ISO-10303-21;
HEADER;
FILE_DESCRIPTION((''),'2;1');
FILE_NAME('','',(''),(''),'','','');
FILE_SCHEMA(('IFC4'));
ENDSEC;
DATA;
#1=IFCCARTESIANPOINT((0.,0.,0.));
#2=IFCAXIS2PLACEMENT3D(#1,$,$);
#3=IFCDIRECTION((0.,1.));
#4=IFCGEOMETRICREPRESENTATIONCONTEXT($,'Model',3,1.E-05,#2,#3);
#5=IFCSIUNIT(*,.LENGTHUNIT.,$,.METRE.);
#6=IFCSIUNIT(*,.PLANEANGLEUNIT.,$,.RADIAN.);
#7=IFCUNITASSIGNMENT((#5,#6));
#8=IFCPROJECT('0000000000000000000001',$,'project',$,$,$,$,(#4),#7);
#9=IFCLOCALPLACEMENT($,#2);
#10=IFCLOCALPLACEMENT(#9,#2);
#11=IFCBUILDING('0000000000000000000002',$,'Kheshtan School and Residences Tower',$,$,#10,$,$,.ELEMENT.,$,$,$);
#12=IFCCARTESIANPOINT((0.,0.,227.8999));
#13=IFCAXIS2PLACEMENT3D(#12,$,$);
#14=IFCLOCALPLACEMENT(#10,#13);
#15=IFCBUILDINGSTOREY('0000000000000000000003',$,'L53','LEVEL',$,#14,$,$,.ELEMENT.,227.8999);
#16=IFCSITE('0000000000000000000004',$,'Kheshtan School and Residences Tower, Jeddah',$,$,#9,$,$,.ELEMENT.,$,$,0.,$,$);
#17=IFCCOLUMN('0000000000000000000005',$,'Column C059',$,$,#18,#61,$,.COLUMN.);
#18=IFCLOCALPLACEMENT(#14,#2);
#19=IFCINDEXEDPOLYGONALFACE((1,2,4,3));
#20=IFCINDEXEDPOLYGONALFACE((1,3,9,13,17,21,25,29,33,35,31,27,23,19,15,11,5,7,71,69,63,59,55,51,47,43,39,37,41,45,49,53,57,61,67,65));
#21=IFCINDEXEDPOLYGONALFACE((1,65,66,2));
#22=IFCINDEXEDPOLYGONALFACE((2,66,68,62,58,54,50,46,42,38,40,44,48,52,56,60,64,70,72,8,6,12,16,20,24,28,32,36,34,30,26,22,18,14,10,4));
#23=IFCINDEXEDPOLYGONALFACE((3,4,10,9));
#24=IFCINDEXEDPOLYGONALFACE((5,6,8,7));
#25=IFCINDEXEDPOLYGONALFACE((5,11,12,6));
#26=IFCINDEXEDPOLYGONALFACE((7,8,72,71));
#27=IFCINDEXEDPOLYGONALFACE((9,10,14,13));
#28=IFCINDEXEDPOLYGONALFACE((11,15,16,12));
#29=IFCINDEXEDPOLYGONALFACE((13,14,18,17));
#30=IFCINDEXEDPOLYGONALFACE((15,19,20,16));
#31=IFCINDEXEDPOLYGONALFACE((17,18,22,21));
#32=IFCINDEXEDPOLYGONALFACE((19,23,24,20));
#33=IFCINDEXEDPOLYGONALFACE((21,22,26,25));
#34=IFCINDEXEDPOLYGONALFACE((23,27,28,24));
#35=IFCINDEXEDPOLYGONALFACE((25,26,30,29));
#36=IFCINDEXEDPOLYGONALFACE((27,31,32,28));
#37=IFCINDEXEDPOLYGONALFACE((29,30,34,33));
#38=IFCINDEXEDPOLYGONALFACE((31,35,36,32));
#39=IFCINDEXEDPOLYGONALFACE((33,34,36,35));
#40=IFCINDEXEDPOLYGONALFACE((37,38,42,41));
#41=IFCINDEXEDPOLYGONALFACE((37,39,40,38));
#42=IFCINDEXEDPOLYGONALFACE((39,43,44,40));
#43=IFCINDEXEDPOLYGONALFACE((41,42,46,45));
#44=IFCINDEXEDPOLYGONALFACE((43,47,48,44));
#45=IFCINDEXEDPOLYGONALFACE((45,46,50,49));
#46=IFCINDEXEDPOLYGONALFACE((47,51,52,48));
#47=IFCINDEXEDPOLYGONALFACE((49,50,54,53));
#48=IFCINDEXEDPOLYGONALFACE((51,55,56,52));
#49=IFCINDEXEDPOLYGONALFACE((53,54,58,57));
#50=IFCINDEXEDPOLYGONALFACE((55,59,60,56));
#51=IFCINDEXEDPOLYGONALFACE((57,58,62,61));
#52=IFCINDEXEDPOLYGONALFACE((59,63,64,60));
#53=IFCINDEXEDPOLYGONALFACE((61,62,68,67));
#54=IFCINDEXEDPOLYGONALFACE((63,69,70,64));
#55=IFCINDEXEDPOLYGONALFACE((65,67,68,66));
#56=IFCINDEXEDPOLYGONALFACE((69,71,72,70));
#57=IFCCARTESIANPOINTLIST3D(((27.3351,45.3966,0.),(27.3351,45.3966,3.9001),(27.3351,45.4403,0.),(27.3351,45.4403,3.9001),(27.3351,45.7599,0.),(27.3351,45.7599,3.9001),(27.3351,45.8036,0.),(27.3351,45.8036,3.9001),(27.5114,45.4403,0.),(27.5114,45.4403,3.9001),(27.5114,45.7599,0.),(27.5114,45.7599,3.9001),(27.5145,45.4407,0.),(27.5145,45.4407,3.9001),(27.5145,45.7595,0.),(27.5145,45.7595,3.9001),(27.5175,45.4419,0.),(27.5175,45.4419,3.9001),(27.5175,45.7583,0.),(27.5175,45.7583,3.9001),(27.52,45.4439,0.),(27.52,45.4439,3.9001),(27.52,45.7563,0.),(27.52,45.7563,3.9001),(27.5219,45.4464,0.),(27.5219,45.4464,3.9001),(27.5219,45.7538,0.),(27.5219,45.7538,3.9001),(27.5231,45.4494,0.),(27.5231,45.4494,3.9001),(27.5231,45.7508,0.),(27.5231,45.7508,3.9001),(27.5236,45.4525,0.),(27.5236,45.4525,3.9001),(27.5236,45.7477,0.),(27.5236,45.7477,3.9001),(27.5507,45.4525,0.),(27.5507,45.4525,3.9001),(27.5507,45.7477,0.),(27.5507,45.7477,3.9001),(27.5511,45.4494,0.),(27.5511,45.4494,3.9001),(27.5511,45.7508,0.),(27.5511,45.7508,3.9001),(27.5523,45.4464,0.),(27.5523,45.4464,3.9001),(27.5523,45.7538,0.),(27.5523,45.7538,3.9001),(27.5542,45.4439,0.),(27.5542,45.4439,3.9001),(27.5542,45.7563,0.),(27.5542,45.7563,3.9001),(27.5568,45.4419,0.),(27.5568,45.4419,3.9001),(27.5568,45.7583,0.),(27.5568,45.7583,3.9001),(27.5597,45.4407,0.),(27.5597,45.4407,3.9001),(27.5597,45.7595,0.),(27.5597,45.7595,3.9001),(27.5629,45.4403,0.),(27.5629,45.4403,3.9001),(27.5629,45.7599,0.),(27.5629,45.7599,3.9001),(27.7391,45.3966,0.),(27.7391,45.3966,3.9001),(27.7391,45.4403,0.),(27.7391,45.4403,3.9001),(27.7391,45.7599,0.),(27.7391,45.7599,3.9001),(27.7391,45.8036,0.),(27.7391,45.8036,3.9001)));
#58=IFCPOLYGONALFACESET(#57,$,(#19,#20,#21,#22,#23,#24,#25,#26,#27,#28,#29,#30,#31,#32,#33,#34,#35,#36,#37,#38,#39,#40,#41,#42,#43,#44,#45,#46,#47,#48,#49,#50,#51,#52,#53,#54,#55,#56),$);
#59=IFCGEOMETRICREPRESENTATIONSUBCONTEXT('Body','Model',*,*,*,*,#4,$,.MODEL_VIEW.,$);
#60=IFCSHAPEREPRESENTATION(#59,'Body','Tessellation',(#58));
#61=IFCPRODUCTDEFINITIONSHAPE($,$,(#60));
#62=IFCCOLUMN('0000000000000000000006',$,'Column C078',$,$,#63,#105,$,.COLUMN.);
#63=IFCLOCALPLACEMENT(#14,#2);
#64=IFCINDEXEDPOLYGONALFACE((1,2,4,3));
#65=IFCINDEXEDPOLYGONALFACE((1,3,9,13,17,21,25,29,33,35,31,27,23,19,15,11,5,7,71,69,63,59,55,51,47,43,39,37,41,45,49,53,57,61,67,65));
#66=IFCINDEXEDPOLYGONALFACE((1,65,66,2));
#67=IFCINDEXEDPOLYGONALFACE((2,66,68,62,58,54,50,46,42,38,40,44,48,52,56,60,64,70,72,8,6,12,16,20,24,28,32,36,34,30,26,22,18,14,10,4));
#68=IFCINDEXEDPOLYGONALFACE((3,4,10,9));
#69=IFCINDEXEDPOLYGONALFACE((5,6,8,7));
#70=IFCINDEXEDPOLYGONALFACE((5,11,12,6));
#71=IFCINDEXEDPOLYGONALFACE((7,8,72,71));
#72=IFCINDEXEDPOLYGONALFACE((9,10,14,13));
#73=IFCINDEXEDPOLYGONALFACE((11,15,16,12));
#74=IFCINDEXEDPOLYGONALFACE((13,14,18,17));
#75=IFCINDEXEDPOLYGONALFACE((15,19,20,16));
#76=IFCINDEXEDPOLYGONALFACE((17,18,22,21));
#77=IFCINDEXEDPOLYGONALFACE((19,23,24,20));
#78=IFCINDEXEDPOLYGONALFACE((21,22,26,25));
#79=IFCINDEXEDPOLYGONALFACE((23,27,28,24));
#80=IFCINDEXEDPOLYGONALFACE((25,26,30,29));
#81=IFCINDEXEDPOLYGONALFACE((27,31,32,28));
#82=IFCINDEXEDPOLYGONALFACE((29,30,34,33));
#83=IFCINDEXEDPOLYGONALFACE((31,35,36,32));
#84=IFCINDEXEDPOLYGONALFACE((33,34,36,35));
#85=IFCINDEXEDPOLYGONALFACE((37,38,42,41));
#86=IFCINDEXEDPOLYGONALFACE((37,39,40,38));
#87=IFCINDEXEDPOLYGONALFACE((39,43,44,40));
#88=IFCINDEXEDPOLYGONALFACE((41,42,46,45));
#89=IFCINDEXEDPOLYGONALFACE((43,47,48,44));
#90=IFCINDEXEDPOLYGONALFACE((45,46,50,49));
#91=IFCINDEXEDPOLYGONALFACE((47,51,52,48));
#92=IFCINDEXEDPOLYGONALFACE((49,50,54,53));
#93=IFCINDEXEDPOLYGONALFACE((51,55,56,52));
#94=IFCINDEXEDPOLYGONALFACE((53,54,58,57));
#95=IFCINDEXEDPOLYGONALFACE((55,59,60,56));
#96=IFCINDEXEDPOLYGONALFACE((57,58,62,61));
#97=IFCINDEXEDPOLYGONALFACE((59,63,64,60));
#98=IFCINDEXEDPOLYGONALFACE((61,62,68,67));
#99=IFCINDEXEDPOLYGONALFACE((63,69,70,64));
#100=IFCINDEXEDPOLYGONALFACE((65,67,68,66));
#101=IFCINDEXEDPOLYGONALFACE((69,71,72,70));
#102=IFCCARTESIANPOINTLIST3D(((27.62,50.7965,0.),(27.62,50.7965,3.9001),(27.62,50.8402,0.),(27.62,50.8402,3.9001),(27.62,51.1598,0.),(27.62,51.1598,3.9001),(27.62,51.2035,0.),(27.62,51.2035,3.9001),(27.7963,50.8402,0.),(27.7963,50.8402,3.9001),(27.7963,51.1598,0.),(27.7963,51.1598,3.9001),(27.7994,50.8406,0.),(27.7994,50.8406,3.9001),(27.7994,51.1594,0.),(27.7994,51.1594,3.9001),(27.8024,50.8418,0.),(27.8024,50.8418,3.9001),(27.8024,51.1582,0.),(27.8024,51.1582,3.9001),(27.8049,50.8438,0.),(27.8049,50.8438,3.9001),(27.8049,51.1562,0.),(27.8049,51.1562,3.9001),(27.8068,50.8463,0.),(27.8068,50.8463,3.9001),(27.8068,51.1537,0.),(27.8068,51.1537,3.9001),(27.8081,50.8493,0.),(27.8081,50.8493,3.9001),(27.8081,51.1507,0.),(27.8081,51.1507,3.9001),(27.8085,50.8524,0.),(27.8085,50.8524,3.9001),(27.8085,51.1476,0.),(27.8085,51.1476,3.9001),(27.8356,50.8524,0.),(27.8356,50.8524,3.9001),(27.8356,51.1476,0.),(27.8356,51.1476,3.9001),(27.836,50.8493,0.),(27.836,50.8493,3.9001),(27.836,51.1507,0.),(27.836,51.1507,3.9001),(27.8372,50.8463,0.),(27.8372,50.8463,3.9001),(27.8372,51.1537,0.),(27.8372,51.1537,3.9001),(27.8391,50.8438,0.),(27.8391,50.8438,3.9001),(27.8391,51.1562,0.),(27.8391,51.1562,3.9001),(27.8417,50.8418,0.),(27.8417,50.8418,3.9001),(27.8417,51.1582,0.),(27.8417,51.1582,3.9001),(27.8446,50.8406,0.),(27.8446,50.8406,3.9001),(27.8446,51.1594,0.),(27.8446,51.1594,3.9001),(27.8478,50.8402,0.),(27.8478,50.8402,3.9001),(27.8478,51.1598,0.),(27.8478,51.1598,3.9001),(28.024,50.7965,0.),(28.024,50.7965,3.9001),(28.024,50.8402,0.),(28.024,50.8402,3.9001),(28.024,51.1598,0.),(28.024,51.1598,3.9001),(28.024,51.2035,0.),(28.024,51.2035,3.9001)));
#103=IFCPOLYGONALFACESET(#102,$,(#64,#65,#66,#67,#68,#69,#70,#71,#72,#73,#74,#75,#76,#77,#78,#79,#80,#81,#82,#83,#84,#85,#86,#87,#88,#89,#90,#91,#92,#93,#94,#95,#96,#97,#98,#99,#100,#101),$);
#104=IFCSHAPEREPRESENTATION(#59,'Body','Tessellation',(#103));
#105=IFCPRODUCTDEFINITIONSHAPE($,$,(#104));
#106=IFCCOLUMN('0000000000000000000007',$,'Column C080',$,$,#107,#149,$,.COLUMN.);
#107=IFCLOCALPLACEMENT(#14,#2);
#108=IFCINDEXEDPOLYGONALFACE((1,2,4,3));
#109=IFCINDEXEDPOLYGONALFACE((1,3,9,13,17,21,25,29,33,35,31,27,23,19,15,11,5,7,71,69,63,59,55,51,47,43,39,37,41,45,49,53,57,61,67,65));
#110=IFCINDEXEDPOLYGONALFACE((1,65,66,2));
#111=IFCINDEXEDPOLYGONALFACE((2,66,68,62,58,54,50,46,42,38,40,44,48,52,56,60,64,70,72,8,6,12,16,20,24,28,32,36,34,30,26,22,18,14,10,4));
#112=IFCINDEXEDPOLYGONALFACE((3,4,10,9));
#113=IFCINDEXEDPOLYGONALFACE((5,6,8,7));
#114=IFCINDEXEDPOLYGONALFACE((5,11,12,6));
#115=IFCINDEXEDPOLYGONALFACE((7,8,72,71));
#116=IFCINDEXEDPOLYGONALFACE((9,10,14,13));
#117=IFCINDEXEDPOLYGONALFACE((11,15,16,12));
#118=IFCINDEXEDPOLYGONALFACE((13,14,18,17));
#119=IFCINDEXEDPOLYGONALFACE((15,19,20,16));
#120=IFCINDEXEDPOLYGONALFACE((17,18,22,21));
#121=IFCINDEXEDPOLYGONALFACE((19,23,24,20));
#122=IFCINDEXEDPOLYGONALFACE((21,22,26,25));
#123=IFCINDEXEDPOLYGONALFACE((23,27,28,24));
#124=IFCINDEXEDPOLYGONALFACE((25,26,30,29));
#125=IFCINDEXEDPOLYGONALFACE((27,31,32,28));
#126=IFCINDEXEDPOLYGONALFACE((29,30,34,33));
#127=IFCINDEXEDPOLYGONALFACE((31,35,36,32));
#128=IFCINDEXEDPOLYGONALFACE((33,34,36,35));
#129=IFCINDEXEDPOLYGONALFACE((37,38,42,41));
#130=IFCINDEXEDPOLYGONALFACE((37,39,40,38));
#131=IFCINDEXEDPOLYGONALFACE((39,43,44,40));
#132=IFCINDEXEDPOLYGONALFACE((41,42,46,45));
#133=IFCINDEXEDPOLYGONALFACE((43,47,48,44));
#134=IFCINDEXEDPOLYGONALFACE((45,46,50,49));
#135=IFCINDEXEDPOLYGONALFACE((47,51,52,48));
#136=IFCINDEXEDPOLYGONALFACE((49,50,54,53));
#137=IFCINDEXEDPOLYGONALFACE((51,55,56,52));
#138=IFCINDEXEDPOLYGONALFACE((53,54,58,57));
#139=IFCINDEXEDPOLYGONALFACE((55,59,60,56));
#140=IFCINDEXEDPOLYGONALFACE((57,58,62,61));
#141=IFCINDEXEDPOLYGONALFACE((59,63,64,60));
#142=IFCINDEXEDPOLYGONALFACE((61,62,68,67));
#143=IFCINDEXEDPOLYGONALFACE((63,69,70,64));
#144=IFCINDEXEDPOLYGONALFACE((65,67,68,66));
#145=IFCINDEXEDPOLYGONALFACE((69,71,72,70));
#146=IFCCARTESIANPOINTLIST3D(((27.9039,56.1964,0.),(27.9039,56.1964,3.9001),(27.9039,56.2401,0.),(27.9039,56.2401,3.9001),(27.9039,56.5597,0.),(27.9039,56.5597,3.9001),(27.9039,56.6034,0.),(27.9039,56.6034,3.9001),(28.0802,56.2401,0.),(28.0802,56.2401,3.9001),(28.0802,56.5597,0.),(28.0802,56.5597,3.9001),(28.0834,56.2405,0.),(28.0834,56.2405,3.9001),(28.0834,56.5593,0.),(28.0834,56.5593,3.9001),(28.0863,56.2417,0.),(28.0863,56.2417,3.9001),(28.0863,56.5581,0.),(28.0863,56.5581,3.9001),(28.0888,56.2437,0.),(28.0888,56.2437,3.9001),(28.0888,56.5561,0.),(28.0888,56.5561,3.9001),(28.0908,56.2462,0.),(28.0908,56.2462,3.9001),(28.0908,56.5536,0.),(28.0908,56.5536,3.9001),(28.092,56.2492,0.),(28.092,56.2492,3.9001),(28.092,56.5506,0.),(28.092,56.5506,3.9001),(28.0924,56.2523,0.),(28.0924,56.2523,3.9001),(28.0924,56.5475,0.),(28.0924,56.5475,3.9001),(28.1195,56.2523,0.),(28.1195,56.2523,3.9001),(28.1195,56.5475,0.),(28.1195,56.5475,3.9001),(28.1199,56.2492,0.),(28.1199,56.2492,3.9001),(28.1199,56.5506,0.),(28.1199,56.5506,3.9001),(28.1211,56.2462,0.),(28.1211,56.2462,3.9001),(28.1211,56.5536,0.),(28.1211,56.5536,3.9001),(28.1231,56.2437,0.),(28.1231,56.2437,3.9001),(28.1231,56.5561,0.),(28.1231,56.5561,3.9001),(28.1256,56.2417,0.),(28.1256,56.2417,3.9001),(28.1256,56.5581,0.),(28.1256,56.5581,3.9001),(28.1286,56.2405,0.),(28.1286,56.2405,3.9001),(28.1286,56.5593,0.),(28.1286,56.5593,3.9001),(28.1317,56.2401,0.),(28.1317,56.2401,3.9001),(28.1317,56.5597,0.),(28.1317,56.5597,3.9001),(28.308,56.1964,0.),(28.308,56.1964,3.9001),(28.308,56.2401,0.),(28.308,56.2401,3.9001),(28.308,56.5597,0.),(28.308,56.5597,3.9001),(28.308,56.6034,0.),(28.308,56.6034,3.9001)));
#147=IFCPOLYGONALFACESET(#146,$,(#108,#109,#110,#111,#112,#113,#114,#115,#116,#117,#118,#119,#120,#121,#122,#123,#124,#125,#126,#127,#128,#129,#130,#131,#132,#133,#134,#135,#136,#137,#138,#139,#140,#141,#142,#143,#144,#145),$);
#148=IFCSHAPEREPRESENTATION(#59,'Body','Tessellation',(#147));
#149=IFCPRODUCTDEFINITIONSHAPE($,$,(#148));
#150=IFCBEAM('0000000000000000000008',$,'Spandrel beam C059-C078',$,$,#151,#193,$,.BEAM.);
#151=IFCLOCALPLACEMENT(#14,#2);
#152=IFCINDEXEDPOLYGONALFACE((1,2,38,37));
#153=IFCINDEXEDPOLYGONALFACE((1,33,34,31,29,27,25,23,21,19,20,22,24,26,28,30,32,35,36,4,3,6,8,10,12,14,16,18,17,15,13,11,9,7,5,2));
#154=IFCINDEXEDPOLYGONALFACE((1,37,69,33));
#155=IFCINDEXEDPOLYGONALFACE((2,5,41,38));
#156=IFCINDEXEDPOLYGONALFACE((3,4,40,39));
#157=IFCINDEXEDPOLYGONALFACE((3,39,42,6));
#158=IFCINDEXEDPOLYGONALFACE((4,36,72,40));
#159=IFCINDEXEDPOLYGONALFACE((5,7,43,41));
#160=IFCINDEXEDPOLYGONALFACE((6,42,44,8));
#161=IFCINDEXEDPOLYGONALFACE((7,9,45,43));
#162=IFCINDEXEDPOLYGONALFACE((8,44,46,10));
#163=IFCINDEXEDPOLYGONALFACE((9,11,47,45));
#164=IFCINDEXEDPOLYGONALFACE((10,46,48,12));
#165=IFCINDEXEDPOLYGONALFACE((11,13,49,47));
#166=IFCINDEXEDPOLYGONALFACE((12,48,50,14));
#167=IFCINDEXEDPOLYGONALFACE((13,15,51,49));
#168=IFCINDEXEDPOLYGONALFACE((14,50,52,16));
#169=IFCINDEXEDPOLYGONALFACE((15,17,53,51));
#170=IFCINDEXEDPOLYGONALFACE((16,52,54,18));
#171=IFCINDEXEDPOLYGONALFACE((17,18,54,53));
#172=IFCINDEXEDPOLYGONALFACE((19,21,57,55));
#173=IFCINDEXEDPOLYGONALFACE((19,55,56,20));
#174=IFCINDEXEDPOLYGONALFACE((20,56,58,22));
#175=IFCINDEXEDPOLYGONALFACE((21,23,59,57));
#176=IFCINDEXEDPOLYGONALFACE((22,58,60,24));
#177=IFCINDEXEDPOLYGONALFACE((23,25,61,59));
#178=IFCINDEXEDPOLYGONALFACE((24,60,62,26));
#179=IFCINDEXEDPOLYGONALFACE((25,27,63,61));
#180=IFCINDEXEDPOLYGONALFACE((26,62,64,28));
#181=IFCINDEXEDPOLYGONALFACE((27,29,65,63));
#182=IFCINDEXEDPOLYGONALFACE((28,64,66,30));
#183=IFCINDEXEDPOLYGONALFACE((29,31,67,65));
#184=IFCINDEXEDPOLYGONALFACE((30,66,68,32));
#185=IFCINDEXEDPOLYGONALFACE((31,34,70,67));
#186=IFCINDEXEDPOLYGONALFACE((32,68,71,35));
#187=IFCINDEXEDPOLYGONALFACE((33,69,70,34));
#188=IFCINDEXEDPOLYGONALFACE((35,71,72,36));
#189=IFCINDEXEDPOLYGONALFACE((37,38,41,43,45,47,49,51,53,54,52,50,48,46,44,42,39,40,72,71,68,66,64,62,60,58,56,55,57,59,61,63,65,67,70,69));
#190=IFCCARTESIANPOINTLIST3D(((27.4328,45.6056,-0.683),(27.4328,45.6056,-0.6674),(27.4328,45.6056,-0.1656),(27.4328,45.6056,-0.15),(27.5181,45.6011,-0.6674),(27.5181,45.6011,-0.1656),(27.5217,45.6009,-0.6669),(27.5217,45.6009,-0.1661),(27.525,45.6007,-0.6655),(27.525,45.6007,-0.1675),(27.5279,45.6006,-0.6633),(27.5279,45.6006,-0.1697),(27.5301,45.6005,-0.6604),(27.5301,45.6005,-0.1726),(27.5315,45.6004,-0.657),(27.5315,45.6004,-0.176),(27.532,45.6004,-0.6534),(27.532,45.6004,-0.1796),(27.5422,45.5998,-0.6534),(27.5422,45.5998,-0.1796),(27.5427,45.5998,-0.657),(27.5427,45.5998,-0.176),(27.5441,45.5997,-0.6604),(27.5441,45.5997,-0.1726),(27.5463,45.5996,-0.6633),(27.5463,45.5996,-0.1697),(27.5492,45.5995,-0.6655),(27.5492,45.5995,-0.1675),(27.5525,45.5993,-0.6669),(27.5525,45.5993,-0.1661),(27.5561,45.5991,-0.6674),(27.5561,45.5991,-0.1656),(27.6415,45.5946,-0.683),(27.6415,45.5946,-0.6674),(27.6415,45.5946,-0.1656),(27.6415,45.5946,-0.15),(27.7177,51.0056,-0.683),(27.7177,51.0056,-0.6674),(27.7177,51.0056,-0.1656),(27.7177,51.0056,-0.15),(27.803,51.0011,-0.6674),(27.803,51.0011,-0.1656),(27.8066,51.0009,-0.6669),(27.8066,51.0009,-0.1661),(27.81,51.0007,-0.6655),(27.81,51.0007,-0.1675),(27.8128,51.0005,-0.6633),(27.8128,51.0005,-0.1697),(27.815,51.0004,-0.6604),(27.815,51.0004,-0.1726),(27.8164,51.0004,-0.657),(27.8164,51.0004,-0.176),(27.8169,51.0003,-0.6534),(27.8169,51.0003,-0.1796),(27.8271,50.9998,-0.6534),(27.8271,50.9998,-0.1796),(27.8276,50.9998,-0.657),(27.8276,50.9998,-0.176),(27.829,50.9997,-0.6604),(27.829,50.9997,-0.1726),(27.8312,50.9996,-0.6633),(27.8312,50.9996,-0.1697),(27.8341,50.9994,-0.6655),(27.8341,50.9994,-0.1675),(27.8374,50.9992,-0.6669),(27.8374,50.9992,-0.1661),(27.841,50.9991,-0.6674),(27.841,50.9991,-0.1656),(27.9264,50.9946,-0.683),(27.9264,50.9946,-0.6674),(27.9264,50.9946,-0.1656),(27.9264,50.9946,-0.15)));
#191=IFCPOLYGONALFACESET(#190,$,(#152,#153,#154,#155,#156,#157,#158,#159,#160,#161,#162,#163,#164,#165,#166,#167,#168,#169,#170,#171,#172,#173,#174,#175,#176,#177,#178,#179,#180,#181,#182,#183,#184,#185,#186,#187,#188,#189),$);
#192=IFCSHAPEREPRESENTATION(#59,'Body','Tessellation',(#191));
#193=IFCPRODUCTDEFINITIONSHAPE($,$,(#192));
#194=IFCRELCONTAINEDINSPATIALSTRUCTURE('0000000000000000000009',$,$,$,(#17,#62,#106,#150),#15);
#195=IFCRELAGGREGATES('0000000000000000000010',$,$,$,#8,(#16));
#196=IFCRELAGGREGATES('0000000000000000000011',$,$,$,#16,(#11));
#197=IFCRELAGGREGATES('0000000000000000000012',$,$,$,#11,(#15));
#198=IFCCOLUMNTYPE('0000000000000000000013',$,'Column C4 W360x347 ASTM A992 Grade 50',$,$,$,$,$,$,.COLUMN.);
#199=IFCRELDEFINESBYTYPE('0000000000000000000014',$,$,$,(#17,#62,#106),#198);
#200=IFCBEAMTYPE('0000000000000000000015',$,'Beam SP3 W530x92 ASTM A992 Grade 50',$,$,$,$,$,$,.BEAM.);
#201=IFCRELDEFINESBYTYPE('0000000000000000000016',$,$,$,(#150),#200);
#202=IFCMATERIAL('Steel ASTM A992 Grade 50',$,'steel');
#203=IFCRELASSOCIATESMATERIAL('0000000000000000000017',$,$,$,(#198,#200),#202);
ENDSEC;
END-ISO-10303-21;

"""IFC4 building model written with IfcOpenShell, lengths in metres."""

from ifc_helpers import new_model, si_unit, direction, frame, origin, origin_2d, place, context, subcontext, project, spatial, i_section, extrude, material, material_profile, profile_set, type_object, element, save


model = new_model("IFC4")

# Units and contexts
model_context = context("Model", 3, precision=1e-05, world=origin(), true_north=direction((0.0, 1.0)))
body_context = subcontext(model_context, "Body", "Model", "MODEL_VIEW")
ifc_project = project(units=[si_unit("LENGTHUNIT", "METRE"), si_unit("PLANEANGLEUNIT", "RADIAN")], contexts=[model_context])

# Site, building, storey
site_placement = place(None, origin())
site = spatial("IfcSite", under=ifc_project, at=site_placement, Name="Kheshtan School and Residences Tower, Jeddah", CompositionType="ELEMENT", RefElevation=0.0)
building_placement = place(site_placement, origin())
building = spatial("IfcBuilding", under=site, at=building_placement, Name="Kheshtan School and Residences Tower", CompositionType="ELEMENT")
storey_placement = place(building_placement, frame((0.0, 0.0, 227.8999)))
storey = spatial("IfcBuildingStorey", under=building, at=storey_placement, Name="L53", Description="LEVEL", CompositionType="ELEMENT", Elevation=227.8999)

# Columns
ifc_material_1 = material(Name="Steel ASTM A992 Grade 50", Category="steel")
ifc_material_profile_1 = material_profile(ifc_material_1, i_section(OverallWidth=0.4041, OverallDepth=0.407, WebThickness=0.0271, FlangeThickness=0.0437, FilletRadius=0.0122, at=origin_2d()), Name="W360x347")
ifc_profile_set_1 = profile_set([ifc_material_profile_1], Name="Steel ASTM A992 Grade 50")
column_type = type_object("IfcColumnType", Name="Column C4 W360x347 ASTM A992 Grade 50", PredefinedType="COLUMN", material=ifc_profile_set_1)
for number, where, z_axis, x_axis, name in (
    (1, (27.5371, 45.6001, 0.0), (0.0, 0.0, 1.0), (1.0, 0.0, 0.0), "Column C059"),
    (2, (27.822, 51.0, 0.0), (0.0, 0.0, 1.0), (1.0, 0.0, 0.0), "Column C078"),
    (3, (28.106, 56.3999, 0.0), (0.0, 0.0, 1.0), (1.0, 0.0, 0.0), "Column C080"),
):
    element("IfcColumn", number, at=place(storey_placement, frame(where, z_axis=z_axis, x_axis=x_axis)), inside=storey, type_object=column_type, Name=name, PredefinedType="COLUMN", context=body_context, shape_type="SweptSolid", body=[
        extrude(i_section(OverallWidth=0.4041, OverallDepth=0.407, WebThickness=0.0271, FlangeThickness=0.0437, FilletRadius=0.0122, at=origin_2d()), origin(), (0.0, 0.0, 1.0), 3.9001),
    ])

# Beam
ifc_material_profile_2 = material_profile(ifc_material_1, i_section(OverallWidth=0.209, OverallDepth=0.533, WebThickness=0.0103, FlangeThickness=0.0156, FilletRadius=0.0139, at=origin_2d()), Name="W530x92")
ifc_profile_set_2 = profile_set([ifc_material_profile_2], Name="Steel ASTM A992 Grade 50")
beam_type = type_object("IfcBeamType", Name="Beam SP3 W530x92 ASTM A992 Grade 50", PredefinedType="BEAM", material=ifc_profile_set_2)
for number, where, z_axis, x_axis, name in (
    (4, (27.5371, 45.6001, -0.4165), (0.052689, 0.998611, 0.0), (-0.998611, 0.052689, 0.0), "Spandrel beam C059-C078"),
):
    element("IfcBeam", number, at=place(storey_placement, frame(where, z_axis=z_axis, x_axis=x_axis)), inside=storey, type_object=beam_type, Name=name, PredefinedType="BEAM", context=body_context, shape_type="SweptSolid", body=[
        extrude(i_section(OverallWidth=0.209, OverallDepth=0.533, WebThickness=0.0103, FlangeThickness=0.0156, FilletRadius=0.0139, at=origin_2d()), origin(), (0.0, 0.0, 1.0), 5.4075),
    ])

save(model, "model.ifc")
